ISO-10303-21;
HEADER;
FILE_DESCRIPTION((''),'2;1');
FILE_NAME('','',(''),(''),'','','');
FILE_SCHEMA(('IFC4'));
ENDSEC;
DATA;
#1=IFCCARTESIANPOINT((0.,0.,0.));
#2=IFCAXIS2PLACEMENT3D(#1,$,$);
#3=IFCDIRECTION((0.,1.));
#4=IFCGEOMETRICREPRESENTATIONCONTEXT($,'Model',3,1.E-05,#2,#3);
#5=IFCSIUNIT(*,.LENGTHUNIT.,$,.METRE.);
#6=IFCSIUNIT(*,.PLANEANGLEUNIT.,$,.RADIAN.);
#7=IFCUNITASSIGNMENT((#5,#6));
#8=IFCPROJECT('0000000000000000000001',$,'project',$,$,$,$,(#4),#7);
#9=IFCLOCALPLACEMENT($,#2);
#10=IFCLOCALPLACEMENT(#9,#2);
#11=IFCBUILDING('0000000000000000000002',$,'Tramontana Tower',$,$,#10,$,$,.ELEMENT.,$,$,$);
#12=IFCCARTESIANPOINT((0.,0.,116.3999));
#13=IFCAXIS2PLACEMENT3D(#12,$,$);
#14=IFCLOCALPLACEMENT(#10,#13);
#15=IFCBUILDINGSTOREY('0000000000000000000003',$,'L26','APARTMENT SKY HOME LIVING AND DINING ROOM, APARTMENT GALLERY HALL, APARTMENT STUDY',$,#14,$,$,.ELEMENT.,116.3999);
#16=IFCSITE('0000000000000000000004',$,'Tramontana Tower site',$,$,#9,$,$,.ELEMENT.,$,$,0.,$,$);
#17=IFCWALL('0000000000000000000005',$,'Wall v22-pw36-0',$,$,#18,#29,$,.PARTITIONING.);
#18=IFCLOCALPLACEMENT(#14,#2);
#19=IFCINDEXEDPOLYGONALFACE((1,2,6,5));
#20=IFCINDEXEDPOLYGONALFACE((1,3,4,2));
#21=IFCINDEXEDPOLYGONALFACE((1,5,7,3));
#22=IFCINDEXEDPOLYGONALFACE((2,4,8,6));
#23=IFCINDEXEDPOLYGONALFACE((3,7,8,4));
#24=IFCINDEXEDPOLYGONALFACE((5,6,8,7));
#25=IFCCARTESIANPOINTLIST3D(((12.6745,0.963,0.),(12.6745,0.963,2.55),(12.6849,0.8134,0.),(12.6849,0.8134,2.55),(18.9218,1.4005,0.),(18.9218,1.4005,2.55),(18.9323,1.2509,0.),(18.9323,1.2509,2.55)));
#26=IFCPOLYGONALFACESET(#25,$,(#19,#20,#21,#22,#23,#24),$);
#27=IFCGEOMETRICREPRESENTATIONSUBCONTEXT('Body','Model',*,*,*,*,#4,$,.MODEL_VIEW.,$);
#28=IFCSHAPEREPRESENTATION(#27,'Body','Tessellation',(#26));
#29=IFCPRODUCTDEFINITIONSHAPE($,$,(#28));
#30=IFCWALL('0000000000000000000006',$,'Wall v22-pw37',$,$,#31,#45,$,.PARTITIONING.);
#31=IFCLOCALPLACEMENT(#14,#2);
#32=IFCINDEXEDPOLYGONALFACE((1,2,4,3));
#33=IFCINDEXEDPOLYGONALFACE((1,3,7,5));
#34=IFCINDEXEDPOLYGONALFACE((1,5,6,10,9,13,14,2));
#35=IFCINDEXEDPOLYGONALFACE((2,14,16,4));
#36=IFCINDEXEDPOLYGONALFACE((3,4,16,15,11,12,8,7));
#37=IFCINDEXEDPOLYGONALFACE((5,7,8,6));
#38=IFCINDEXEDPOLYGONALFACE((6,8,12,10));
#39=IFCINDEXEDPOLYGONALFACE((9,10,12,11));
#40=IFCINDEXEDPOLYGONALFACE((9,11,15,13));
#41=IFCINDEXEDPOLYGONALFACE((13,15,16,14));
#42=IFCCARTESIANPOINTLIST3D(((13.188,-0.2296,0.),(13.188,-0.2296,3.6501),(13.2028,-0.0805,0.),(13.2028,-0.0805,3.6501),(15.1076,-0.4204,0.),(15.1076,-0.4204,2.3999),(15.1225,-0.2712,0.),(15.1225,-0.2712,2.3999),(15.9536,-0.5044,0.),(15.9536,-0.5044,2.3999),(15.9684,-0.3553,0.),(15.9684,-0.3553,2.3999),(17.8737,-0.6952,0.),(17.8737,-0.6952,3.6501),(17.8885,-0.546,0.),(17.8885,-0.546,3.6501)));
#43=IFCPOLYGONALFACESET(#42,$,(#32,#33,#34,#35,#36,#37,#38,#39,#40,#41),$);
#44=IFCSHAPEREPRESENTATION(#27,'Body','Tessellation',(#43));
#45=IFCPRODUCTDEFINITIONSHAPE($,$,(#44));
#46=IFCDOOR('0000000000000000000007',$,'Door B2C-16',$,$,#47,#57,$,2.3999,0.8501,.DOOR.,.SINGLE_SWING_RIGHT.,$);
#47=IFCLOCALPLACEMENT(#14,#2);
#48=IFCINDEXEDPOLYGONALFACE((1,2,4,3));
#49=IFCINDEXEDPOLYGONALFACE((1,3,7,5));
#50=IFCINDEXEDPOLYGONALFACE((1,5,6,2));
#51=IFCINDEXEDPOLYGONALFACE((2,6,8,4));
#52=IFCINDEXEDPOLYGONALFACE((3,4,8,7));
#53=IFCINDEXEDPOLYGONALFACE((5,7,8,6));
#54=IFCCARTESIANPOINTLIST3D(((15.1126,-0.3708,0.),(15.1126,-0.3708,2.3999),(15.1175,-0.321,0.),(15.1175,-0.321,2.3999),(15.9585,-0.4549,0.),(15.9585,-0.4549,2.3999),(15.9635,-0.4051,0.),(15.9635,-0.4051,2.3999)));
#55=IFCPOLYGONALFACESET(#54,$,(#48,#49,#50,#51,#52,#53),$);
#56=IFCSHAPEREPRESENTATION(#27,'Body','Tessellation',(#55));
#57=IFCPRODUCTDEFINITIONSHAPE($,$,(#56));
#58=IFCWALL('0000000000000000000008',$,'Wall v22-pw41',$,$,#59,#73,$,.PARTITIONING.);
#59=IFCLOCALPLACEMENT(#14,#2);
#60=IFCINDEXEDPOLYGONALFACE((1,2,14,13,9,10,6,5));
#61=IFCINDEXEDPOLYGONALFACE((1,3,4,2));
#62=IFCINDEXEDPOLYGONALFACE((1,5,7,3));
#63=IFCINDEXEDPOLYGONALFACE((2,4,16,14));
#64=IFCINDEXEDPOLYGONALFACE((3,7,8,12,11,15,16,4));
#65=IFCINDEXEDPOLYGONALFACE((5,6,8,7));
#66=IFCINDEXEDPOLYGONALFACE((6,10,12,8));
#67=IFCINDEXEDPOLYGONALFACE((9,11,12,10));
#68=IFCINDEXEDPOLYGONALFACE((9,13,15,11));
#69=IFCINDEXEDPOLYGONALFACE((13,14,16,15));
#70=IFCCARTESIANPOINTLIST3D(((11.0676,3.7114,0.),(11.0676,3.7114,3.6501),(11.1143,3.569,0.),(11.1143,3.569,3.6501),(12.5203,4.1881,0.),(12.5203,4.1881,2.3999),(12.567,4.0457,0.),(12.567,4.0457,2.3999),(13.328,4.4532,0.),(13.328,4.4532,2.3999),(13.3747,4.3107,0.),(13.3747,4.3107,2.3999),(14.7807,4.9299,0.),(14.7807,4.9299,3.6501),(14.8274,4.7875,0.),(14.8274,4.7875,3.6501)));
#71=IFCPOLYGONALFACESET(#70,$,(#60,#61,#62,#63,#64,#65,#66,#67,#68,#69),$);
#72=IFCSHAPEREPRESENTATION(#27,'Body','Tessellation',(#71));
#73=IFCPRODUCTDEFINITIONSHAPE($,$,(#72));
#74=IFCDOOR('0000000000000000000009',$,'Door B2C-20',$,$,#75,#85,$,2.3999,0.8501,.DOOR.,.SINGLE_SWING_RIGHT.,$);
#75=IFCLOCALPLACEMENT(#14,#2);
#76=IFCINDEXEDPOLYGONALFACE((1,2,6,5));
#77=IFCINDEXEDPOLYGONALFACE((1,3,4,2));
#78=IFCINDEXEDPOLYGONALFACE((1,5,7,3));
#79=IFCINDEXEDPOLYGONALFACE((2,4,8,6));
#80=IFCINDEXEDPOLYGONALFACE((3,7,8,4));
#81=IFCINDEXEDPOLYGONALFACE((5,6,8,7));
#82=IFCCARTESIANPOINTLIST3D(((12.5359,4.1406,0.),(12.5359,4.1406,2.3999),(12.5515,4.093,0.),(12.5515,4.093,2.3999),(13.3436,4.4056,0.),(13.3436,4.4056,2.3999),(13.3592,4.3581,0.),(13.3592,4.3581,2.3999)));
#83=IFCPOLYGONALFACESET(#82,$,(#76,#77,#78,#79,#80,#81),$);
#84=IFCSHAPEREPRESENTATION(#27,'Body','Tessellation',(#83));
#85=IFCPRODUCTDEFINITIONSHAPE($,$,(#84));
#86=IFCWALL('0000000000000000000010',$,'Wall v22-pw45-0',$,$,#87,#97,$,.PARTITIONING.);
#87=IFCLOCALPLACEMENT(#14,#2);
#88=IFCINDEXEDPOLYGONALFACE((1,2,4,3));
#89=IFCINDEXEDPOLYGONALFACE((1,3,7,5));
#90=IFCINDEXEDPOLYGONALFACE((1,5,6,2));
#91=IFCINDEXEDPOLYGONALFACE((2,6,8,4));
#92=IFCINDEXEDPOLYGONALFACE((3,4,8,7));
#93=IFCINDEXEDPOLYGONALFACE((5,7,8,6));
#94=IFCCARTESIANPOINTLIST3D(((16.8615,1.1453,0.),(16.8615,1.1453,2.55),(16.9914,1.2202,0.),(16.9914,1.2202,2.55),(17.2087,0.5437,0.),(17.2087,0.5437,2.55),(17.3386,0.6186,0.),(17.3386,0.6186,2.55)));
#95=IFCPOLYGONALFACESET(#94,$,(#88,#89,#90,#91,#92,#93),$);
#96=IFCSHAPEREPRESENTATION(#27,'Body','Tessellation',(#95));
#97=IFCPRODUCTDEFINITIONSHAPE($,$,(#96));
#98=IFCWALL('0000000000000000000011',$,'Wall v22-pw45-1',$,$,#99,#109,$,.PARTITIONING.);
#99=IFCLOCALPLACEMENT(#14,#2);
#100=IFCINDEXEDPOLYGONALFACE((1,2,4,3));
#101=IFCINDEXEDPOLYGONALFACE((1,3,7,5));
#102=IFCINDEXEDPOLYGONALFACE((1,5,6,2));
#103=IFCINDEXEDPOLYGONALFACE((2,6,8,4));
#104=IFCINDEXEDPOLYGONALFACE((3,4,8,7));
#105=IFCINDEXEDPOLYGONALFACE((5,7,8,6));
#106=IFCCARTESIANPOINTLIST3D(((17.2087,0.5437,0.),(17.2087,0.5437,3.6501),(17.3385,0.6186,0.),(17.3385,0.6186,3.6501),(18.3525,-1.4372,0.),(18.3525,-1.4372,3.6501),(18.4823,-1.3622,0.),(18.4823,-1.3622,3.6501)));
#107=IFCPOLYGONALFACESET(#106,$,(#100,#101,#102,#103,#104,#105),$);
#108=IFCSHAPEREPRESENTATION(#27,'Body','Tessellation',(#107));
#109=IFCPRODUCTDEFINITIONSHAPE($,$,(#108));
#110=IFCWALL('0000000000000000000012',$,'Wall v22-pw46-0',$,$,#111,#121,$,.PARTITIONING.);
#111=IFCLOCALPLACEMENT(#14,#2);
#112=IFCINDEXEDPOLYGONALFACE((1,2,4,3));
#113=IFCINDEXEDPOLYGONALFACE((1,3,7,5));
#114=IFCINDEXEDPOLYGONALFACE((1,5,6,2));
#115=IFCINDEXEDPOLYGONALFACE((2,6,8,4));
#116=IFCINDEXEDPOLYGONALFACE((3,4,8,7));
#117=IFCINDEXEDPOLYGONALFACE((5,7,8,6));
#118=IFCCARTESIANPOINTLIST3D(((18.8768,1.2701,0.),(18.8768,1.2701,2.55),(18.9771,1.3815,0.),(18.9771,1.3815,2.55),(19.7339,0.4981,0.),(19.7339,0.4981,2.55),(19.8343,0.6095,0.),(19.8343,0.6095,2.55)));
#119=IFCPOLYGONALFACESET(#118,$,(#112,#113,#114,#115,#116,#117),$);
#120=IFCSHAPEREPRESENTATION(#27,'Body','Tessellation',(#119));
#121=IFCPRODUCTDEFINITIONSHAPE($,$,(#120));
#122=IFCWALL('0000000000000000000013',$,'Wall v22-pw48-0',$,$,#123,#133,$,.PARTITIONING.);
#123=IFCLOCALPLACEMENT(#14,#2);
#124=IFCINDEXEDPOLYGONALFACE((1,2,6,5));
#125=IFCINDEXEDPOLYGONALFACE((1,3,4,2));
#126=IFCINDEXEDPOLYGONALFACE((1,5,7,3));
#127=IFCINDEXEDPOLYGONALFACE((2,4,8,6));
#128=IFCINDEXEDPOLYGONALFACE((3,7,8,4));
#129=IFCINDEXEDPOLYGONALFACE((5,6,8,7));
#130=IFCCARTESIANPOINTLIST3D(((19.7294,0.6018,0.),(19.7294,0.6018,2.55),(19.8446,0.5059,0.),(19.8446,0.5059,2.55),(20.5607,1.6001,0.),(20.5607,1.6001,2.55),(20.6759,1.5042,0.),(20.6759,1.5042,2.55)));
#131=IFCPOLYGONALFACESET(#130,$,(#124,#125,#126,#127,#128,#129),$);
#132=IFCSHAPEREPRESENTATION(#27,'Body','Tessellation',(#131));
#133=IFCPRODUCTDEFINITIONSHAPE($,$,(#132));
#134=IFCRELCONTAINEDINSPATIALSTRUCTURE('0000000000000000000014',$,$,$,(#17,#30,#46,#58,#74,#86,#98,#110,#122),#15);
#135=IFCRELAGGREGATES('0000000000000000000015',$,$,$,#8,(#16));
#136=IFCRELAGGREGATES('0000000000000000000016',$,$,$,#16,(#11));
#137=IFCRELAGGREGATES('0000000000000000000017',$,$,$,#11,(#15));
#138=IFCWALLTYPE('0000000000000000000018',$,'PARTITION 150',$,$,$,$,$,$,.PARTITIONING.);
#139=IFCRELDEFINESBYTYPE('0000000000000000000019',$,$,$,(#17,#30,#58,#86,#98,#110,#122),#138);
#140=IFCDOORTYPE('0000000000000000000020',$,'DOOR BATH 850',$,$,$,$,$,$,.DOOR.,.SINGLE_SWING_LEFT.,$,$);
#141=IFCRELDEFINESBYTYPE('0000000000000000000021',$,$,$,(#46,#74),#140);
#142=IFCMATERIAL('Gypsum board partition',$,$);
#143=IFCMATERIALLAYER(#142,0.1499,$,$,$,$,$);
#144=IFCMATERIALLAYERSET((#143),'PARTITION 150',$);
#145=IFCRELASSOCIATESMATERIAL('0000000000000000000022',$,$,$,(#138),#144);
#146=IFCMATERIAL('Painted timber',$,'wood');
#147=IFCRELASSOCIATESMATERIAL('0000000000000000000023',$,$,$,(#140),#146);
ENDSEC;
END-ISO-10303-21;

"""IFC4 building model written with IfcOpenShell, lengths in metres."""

from ifc_helpers import new_model, si_unit, direction, frame, frame_2d, origin, place, context, subcontext, project, spatial, rectangle, extrude, material, layer, layer_set, type_object, element, fill, save


model = new_model("IFC4")

# Units and contexts
model_context = context("Model", 3, precision=1e-05, world=origin(), true_north=direction((0.0, 1.0)))
body_context = subcontext(model_context, "Body", "Model", "MODEL_VIEW")
ifc_project = project(units=[si_unit("LENGTHUNIT", "METRE"), si_unit("PLANEANGLEUNIT", "RADIAN")], contexts=[model_context])

# Site, building, storey
site_placement = place(None, origin())
site = spatial("IfcSite", under=ifc_project, at=site_placement, Name="Tramontana Tower site", CompositionType="ELEMENT", RefElevation=0.0)
building_placement = place(site_placement, origin())
building = spatial("IfcBuilding", under=site, at=building_placement, Name="Tramontana Tower", CompositionType="ELEMENT")
storey_placement = place(building_placement, frame((0.0, 0.0, 116.3999)))
storey = spatial("IfcBuildingStorey", under=building, at=storey_placement, Name="L26", Description="APARTMENT SKY HOME LIVING AND DINING ROOM, APARTMENT GALLERY HALL, APARTMENT STUDY", CompositionType="ELEMENT", Elevation=116.3999)

# Shared definitions
ifc_material_1 = material(Name="Gypsum board partition")
ifc_layer_1 = layer(ifc_material_1, 0.1499)
ifc_layer_set_1 = layer_set([ifc_layer_1], Name="PARTITION 150")
wall_type_1 = type_object("IfcWallType", Name="PARTITION 150", PredefinedType="PARTITIONING", material=ifc_layer_set_1)

# Wall
wall_1_placement = place(storey_placement, frame((12.6797, 0.8882, 0.0), z_axis=(0.0, 0.0, 1.0), x_axis=(0.997557, 0.069859, 0.0)))
element("IfcWall", 1, at=wall_1_placement, inside=storey, type_object=wall_type_1, Name="Wall v22-pw36-0", PredefinedType="PARTITIONING", context=body_context, shape_type="SweptSolid", body=[
    extrude(rectangle(XDim=6.2627, YDim=0.1499, at=frame_2d((3.1313, 0.0))), origin(), (0.0, 0.0, 1.0), 2.55),
])

# Walls, openings, doors
wall_2_placement = place(storey_placement, frame((13.1953, -0.155, 0.0), z_axis=(0.0, 0.0, 1.0), x_axis=(0.9951, -0.098877, 0.0)))
wall_2 = element("IfcWall", 2, at=wall_2_placement, inside=storey, type_object=wall_type_1, Name="Wall v22-pw37", PredefinedType="PARTITIONING", context=body_context, shape_type="SweptSolid", body=[
    extrude(rectangle(XDim=4.7087, YDim=0.1499, at=frame_2d((2.3545, 0.0))), origin(), (0.0, 0.0, 1.0), 3.6501),
])
opening_1_placement = place(wall_2_placement, frame((1.9292, 0.0, 0.0)))
opening_1 = element("IfcOpeningElement", 3, at=opening_1_placement, cuts=wall_2, PredefinedType="OPENING", context=body_context, shape_type="SweptSolid", body=[
    extrude(rectangle(XDim=0.8501, YDim=2.3999, at=frame_2d((0.425, 1.2))), frame((0.0, 0.085, 0.0), z_axis=(0.0, -1.0, 0.0), x_axis=(1.0, 0.0, 0.0)), (0.0, 0.0, 1.0), 0.1699),
])
ifc_material_2 = material(Name="Painted timber", Category="wood")
door_type_1 = type_object("IfcDoorType", Name="DOOR BATH 850", OperationType="SINGLE_SWING_LEFT", PredefinedType="DOOR", material=ifc_material_2)
door_1_placement = place(opening_1_placement, origin())
door_1 = element("IfcDoor", 4, at=door_1_placement, inside=storey, type_object=door_type_1, Name="Door B2C-16", OperationType="SINGLE_SWING_RIGHT", OverallHeight=2.3999, OverallWidth=0.8501, PredefinedType="DOOR", context=body_context, shape_type="SweptSolid", body=[
    extrude(rectangle(XDim=0.8501, YDim=2.3999, at=frame_2d((0.425, 1.2))), frame((0.0, 0.0249, 0.0), z_axis=(0.0, -1.0, 0.0), x_axis=(1.0, 0.0, 0.0)), (0.0, 0.0, 1.0), 0.05),
])
fill(opening_1, door_1)
wall_3_placement = place(storey_placement, frame((11.0908, 3.6401, 0.0), z_axis=(0.0, 0.0, 1.0), x_axis=(0.950147, 0.311801, 0.0)))
wall_3 = element("IfcWall", 5, at=wall_3_placement, inside=storey, type_object=wall_type_1, Name="Wall v22-pw41", PredefinedType="PARTITIONING", context=body_context, shape_type="SweptSolid", body=[
    extrude(rectangle(XDim=3.908, YDim=0.1499, at=frame_2d((1.9541, 0.0))), origin(), (0.0, 0.0, 1.0), 3.6501),
])
opening_2_placement = place(wall_3_placement, frame((1.5291, 0.0, 0.0)))
opening_2 = element("IfcOpeningElement", 6, at=opening_2_placement, cuts=wall_3, PredefinedType="OPENING", context=body_context, shape_type="SweptSolid", body=[
    extrude(rectangle(XDim=0.8501, YDim=2.3999, at=frame_2d((0.425, 1.2))), frame((0.0, 0.085, 0.0), z_axis=(0.0, -1.0, 0.0), x_axis=(1.0, 0.0, 0.0)), (0.0, 0.0, 1.0), 0.1699),
])
door_2_placement = place(opening_2_placement, origin())
door_2 = element("IfcDoor", 7, at=door_2_placement, inside=storey, type_object=door_type_1, Name="Door B2C-20", OperationType="SINGLE_SWING_RIGHT", OverallHeight=2.3999, OverallWidth=0.8501, PredefinedType="DOOR", context=body_context, shape_type="SweptSolid", body=[
    extrude(rectangle(XDim=0.8501, YDim=2.3999, at=frame_2d((0.425, 1.2))), frame((0.0, 0.0249, 0.0), z_axis=(0.0, -1.0, 0.0), x_axis=(1.0, 0.0, 0.0)), (0.0, 0.0, 1.0), 0.05),
])
fill(opening_2, door_2)

# Walls
wall_4_placement = place(storey_placement, frame((16.9265, 1.1826, 0.0), z_axis=(0.0, 0.0, 1.0), x_axis=(0.499844, -0.866115, 0.0)))
element("IfcWall", 8, at=wall_4_placement, inside=storey, type_object=wall_type_1, Name="Wall v22-pw45-0", PredefinedType="PARTITIONING", context=body_context, shape_type="SweptSolid", body=[
    extrude(rectangle(XDim=0.6946, YDim=0.1499, at=frame_2d((0.3472, 0.0))), origin(), (0.0, 0.0, 1.0), 2.55),
])
wall_5_placement = place(storey_placement, frame((17.2737, 0.5811, 0.0), z_axis=(0.0, 0.0, 1.0), x_axis=(0.50003, -0.866008, 0.0)))
element("IfcWall", 9, at=wall_5_placement, inside=storey, type_object=wall_type_1, Name="Wall v22-pw45-1", PredefinedType="PARTITIONING", context=body_context, shape_type="SweptSolid", body=[
    extrude(rectangle(XDim=2.2874, YDim=0.1499, at=frame_2d((1.1436, 0.0))), origin(), (0.0, 0.0, 1.0), 3.6501),
])

# Walls
wall_6_placement = place(storey_placement, frame((18.927, 1.3257, 0.0), z_axis=(0.0, 0.0, 1.0), x_axis=(0.743073, -0.66921, 0.0)))
element("IfcWall", 10, at=wall_6_placement, inside=storey, type_object=wall_type_1, Name="Wall v22-pw46-0", PredefinedType="PARTITIONING", context=body_context, shape_type="SweptSolid", body=[
    extrude(rectangle(XDim=1.1536, YDim=0.1499, at=frame_2d((0.5767, 0.0))), origin(), (0.0, 0.0, 1.0), 2.55),
])
wall_7_placement = place(storey_placement, frame((19.7871, 0.554, 0.0), z_axis=(0.0, 0.0, 1.0), x_axis=(0.639907, 0.768452, 0.0)))
element("IfcWall", 11, at=wall_7_placement, inside=storey, type_object=wall_type_1, Name="Wall v22-pw48-0", PredefinedType="PARTITIONING", context=body_context, shape_type="SweptSolid", body=[
    extrude(rectangle(XDim=1.2991, YDim=0.1499, at=frame_2d((0.6494, 0.0))), origin(), (0.0, 0.0, 1.0), 2.55),
])

save(model, "model.ifc")
